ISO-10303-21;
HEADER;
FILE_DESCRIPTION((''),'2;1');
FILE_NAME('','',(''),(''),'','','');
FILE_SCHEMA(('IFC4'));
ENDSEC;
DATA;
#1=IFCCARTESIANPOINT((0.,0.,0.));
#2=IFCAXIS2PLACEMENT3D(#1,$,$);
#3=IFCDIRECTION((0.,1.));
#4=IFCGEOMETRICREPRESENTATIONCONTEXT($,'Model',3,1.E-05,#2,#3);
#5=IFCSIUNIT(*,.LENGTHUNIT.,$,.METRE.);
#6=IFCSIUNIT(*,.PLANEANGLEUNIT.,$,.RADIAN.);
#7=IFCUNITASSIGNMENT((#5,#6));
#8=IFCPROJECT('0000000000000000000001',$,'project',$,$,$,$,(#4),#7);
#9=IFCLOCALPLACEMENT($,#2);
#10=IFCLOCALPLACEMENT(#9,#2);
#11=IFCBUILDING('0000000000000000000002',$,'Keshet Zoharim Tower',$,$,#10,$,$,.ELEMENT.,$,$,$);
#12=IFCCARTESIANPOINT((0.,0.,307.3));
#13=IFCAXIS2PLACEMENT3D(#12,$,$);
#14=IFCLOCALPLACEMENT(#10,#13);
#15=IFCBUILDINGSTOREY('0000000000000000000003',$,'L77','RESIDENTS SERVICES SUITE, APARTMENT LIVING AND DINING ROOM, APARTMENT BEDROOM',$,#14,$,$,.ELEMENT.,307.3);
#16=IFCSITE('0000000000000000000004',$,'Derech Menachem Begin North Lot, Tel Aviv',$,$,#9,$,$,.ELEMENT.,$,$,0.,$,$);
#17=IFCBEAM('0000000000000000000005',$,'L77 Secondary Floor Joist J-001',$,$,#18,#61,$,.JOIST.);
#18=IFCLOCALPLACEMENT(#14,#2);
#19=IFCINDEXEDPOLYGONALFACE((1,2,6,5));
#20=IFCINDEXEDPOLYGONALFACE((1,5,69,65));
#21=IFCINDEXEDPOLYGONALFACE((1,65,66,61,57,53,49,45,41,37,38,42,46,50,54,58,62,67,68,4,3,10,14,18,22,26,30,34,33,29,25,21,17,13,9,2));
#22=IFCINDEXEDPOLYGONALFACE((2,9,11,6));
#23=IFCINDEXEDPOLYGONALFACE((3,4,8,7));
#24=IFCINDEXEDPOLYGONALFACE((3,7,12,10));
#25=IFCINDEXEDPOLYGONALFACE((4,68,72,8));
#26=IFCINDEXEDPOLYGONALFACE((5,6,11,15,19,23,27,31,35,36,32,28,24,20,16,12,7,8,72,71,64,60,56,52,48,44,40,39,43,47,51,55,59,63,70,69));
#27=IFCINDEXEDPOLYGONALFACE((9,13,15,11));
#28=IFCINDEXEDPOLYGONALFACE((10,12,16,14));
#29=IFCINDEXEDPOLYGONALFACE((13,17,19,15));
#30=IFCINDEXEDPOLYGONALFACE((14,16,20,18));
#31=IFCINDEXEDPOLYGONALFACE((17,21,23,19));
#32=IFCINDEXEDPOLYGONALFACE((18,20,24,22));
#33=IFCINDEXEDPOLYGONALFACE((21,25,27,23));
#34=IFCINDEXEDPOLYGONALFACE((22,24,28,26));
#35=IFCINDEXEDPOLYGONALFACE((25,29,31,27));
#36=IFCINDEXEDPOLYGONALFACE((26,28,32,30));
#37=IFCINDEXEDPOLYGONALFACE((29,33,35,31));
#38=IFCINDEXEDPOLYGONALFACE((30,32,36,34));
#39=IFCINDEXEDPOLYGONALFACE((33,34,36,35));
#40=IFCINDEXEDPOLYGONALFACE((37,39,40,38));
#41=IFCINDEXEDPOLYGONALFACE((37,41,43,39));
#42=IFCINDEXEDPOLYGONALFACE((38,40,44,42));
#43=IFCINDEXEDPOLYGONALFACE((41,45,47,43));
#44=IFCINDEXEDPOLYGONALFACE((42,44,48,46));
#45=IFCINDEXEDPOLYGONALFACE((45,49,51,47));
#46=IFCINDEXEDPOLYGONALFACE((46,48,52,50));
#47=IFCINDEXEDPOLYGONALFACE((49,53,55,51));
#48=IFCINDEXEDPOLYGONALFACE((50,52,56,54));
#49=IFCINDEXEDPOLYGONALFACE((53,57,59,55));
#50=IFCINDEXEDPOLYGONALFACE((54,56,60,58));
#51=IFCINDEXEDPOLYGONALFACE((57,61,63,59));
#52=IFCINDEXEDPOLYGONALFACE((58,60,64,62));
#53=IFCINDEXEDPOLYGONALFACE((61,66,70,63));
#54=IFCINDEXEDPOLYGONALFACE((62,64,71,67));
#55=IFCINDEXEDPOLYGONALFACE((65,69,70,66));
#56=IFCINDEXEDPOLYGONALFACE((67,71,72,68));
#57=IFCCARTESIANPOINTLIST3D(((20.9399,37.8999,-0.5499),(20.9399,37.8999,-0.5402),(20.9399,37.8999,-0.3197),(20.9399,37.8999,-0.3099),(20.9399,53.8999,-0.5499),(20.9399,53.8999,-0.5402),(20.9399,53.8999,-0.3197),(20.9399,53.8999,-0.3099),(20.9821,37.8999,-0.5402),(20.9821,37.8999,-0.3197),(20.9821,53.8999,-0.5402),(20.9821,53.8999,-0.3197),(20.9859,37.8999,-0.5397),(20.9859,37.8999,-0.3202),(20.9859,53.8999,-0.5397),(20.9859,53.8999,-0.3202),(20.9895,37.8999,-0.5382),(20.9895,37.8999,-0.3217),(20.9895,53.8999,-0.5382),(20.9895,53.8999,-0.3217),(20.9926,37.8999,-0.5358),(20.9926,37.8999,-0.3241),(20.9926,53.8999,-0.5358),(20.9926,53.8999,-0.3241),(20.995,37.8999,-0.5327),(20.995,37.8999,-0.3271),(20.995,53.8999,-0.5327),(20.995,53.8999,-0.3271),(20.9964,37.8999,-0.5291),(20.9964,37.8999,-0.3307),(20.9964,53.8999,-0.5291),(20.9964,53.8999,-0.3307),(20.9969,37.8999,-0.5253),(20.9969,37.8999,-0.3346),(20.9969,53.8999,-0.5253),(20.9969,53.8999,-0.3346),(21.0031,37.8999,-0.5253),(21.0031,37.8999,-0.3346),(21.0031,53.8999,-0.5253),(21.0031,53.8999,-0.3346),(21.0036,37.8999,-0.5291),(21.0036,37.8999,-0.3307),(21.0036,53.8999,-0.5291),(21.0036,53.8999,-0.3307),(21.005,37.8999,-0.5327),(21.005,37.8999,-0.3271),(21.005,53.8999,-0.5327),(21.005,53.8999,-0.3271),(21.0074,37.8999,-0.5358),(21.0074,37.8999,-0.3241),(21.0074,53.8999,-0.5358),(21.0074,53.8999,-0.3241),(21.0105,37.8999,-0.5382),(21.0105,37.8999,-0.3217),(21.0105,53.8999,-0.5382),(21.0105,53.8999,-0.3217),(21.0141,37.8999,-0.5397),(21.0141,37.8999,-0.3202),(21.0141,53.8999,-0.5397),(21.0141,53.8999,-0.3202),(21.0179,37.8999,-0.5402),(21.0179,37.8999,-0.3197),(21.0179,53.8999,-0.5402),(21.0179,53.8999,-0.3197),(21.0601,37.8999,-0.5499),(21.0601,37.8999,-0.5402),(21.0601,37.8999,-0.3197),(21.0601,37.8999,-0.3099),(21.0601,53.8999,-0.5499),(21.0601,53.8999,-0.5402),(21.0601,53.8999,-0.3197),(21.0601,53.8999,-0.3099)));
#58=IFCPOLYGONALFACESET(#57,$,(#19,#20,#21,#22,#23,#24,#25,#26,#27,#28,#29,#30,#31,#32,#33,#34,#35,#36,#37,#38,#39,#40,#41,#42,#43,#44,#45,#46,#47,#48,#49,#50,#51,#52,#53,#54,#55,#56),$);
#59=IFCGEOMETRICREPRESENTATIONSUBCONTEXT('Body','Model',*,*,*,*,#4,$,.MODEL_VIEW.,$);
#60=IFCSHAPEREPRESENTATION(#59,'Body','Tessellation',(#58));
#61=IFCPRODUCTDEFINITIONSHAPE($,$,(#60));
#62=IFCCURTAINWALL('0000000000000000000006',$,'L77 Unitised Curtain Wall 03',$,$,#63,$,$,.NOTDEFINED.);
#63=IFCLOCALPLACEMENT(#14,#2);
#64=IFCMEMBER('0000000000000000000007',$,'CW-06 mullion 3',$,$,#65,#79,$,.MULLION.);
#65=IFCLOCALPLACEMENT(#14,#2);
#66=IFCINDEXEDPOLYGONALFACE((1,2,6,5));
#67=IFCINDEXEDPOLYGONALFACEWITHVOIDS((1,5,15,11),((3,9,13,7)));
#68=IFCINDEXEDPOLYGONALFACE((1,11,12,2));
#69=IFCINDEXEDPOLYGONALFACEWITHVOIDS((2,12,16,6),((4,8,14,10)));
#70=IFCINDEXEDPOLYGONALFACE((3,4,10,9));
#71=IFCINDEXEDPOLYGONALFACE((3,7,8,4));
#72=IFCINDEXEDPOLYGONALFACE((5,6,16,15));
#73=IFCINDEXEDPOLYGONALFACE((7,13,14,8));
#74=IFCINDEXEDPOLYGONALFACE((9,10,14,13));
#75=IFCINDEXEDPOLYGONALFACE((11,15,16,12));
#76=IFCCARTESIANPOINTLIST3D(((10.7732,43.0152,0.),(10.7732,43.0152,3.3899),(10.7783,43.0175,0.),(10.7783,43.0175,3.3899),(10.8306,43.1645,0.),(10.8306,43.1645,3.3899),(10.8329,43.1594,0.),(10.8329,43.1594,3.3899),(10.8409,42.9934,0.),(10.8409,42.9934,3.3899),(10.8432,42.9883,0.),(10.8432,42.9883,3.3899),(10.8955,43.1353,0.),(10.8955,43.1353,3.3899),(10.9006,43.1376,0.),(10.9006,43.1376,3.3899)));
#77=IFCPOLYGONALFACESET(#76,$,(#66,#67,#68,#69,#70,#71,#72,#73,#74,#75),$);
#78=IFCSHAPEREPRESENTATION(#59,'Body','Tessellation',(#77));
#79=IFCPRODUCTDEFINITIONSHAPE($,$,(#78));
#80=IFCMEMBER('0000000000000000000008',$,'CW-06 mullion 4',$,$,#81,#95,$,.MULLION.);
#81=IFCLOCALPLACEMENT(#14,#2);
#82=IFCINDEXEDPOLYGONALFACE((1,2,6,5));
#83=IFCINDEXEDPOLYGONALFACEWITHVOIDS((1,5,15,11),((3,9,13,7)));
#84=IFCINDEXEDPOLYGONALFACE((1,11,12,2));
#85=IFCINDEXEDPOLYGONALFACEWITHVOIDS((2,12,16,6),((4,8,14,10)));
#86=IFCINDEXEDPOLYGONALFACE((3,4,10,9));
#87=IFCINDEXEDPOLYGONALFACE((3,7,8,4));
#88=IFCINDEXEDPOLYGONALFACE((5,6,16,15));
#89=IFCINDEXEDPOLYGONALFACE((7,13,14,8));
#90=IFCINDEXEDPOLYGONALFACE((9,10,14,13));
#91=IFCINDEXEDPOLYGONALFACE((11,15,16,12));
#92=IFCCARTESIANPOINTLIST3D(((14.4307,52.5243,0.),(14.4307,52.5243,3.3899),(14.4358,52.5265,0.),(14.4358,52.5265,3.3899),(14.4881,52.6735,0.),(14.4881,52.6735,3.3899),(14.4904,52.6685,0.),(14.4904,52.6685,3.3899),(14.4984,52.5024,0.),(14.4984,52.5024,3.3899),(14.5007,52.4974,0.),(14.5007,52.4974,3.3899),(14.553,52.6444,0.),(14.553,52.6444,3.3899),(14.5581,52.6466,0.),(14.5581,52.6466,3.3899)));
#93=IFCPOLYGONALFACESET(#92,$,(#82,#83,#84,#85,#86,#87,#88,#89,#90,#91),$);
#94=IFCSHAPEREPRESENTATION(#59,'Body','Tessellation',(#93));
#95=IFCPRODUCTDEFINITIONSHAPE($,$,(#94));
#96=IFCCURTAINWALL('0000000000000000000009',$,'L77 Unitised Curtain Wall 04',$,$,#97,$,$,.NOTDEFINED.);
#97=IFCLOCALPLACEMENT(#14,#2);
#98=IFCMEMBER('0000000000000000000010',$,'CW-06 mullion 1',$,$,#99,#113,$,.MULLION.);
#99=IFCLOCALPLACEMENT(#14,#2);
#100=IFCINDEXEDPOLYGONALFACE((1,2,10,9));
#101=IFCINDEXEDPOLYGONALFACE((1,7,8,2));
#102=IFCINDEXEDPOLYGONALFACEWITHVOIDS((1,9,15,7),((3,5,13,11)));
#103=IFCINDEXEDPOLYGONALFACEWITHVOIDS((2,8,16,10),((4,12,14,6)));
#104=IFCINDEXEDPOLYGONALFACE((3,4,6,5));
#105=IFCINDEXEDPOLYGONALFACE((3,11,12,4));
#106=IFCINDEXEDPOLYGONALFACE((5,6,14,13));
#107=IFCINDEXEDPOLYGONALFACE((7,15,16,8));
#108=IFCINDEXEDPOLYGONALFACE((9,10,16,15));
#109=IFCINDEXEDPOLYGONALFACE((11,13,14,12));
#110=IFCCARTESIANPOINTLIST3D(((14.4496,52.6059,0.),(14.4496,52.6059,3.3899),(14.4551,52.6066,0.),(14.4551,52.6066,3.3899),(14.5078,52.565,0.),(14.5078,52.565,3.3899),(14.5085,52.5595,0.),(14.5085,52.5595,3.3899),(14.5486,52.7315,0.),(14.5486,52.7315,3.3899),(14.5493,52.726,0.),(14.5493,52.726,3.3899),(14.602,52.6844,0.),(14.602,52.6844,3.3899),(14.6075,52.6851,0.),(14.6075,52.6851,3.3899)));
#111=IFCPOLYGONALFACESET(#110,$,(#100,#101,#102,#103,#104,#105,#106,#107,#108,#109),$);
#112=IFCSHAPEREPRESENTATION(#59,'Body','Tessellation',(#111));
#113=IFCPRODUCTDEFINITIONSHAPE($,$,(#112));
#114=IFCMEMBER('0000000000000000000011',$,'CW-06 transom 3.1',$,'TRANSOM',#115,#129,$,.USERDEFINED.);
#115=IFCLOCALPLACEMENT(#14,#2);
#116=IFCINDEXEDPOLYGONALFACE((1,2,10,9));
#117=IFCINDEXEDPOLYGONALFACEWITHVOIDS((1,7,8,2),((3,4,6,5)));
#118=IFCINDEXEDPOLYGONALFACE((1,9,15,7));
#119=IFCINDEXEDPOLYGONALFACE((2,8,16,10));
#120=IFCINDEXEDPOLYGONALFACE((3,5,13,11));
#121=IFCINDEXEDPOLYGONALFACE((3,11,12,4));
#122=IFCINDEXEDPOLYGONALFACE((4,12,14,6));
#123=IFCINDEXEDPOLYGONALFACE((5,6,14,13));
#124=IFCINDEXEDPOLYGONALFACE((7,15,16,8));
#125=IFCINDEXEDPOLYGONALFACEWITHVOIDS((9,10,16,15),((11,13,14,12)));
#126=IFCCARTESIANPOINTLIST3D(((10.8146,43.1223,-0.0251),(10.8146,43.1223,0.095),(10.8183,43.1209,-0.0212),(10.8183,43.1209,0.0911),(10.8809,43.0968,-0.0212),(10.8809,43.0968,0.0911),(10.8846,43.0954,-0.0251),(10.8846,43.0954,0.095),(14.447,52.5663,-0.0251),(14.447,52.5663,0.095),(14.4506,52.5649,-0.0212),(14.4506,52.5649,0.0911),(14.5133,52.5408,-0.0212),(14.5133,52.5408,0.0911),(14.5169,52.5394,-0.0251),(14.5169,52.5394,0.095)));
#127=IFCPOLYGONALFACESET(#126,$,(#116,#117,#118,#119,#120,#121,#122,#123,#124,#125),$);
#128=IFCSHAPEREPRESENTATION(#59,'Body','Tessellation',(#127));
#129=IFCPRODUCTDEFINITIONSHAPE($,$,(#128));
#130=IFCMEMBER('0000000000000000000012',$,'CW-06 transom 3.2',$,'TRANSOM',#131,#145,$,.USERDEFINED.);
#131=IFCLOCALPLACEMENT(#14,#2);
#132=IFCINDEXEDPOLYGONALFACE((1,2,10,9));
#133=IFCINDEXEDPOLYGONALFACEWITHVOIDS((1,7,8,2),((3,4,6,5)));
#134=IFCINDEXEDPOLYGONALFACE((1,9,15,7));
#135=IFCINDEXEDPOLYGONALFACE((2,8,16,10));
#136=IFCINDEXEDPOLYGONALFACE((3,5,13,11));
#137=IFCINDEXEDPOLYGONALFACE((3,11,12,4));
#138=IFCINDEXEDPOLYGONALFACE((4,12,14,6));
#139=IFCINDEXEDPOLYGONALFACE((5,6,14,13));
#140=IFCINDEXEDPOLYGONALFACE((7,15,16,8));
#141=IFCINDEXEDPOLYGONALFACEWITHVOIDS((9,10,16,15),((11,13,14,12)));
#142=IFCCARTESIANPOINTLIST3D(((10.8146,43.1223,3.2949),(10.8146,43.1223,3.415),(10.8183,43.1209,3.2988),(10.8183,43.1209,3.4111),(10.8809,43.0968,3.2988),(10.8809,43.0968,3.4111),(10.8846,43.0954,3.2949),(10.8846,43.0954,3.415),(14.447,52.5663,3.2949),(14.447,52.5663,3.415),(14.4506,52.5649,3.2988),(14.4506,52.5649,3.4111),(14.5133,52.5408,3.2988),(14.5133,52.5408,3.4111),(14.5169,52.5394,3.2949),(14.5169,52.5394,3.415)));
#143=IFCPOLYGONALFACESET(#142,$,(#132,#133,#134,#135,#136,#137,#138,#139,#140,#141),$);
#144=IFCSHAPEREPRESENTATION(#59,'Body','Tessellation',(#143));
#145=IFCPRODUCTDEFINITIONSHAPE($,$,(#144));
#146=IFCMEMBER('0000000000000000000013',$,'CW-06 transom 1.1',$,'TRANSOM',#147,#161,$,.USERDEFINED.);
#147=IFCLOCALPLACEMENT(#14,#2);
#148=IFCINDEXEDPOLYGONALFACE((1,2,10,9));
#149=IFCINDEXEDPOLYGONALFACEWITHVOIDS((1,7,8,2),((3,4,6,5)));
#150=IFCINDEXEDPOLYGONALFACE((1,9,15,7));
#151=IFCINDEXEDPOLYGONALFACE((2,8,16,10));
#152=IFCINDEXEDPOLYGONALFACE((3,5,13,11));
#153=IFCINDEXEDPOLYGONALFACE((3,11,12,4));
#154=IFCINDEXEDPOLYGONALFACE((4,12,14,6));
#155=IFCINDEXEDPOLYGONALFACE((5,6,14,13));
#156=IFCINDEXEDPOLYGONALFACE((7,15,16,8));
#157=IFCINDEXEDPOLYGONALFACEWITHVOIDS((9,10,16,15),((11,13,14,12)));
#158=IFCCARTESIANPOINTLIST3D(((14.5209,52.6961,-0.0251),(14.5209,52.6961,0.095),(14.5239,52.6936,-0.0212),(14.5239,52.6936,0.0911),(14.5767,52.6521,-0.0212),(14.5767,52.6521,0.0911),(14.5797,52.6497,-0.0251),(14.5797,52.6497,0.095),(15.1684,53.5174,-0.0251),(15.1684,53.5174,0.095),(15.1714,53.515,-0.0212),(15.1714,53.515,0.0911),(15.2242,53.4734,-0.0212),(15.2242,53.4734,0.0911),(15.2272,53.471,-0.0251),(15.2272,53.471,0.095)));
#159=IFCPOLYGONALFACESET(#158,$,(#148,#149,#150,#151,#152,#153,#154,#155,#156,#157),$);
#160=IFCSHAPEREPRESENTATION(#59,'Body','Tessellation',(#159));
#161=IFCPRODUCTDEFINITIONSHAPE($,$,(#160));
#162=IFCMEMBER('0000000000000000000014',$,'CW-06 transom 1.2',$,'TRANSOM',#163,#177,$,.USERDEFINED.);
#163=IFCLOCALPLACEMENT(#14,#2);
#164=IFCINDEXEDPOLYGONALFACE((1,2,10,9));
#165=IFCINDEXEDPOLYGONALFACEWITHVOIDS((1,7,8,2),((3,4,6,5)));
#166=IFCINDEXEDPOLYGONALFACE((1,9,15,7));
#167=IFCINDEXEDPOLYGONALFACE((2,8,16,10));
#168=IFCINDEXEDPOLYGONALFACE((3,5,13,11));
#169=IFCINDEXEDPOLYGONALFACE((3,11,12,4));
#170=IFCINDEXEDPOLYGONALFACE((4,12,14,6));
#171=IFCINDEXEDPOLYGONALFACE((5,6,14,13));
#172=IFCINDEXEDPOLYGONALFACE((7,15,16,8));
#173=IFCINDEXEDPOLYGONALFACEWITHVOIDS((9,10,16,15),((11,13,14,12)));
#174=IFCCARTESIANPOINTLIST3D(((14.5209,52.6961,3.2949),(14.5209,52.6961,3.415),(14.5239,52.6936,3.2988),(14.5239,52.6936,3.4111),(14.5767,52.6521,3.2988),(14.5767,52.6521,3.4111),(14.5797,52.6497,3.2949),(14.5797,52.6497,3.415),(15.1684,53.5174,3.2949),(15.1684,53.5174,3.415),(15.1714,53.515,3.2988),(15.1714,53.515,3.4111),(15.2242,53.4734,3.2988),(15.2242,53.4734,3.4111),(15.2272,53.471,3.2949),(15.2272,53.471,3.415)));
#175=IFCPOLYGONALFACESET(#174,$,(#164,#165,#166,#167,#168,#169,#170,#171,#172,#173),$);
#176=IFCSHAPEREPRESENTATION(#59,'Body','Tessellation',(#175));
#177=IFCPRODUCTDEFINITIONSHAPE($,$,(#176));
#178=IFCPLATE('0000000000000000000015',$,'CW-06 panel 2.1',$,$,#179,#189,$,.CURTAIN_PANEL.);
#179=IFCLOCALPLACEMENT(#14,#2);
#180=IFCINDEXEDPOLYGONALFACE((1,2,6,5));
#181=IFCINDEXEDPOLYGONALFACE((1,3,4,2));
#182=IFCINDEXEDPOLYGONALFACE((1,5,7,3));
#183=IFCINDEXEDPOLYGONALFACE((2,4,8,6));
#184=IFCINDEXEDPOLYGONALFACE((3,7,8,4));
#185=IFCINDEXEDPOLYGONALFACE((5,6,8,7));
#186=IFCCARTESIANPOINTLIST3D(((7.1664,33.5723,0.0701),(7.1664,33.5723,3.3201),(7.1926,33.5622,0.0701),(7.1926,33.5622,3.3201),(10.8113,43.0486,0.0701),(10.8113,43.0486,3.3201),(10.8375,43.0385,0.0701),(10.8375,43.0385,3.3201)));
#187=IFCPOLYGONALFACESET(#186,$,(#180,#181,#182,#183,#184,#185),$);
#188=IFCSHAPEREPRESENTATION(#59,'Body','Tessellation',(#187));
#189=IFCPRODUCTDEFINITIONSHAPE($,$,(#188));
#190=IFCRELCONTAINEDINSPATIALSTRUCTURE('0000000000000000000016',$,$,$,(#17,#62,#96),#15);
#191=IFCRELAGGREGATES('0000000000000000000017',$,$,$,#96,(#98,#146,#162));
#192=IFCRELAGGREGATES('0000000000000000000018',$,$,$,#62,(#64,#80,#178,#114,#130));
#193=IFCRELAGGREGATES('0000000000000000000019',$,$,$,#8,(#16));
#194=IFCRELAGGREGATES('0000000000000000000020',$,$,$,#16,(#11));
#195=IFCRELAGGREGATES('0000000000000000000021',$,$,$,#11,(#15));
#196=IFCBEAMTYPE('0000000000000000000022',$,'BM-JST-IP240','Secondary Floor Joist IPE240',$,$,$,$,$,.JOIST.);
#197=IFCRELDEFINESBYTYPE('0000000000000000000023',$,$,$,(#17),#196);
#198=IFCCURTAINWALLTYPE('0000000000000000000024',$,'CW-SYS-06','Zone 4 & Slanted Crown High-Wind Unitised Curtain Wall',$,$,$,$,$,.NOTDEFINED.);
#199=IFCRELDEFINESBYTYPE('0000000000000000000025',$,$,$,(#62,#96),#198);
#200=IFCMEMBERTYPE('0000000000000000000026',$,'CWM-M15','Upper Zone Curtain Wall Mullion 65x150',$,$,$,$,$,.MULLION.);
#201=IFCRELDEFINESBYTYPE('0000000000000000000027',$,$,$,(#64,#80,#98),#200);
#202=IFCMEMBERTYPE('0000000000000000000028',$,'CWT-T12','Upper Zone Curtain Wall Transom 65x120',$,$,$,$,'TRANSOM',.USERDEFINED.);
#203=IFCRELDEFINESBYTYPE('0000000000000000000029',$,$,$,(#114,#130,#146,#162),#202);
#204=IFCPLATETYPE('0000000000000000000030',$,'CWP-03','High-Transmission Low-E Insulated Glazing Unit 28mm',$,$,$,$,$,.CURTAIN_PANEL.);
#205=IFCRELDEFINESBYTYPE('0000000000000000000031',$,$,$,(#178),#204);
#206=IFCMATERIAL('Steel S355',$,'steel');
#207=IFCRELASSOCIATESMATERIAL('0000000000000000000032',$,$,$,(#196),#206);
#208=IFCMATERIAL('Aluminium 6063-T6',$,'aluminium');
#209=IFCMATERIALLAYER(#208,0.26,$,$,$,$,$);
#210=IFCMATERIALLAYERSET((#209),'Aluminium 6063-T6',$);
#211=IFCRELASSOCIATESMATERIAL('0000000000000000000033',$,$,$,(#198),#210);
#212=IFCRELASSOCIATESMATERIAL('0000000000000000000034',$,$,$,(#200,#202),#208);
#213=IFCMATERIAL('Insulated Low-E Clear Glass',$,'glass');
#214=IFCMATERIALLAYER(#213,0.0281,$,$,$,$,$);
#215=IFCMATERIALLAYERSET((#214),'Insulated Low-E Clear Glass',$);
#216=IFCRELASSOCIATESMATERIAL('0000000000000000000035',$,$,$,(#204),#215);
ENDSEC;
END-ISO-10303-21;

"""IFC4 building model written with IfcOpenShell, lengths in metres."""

from ifc_helpers import new_model, si_unit, direction, frame, origin, origin_2d, place, context, subcontext, project, spatial, rectangle, hollow_rectangle, i_section, extrude, material, layer, layer_set, material_profile, profile_set, type_object, element, aggregate, save


model = new_model("IFC4")

# Units and contexts
model_context = context("Model", 3, precision=1e-05, world=origin(), true_north=direction((0.0, 1.0)))
body_context = subcontext(model_context, "Body", "Model", "MODEL_VIEW")
ifc_project = project(units=[si_unit("LENGTHUNIT", "METRE"), si_unit("PLANEANGLEUNIT", "RADIAN")], contexts=[model_context])

# Site, building, storey
site_placement = place(None, origin())
site = spatial("IfcSite", under=ifc_project, at=site_placement, Name="Derech Menachem Begin North Lot, Tel Aviv", CompositionType="ELEMENT", RefElevation=0.0)
building_placement = place(site_placement, origin())
building = spatial("IfcBuilding", under=site, at=building_placement, Name="Keshet Zoharim Tower", CompositionType="ELEMENT")
storey_placement = place(building_placement, frame((0.0, 0.0, 307.3)))
storey = spatial("IfcBuildingStorey", under=building, at=storey_placement, Name="L77", Description="RESIDENTS SERVICES SUITE, APARTMENT LIVING AND DINING ROOM, APARTMENT BEDROOM", CompositionType="ELEMENT", Elevation=307.3)

# Beam
ifc_material_1 = material(Name="Steel S355", Category="steel")
ifc_material_profile_1 = material_profile(ifc_material_1, i_section(OverallWidth=0.1201, OverallDepth=0.24, WebThickness=0.0061, FlangeThickness=0.0098, FilletRadius=0.0149, at=origin_2d()), Name="IPE240")
ifc_profile_set_1 = profile_set([ifc_material_profile_1], Name="Steel S355")
beam_type = type_object("IfcBeamType", Name="BM-JST-IP240", Description="Secondary Floor Joist IPE240", PredefinedType="JOIST", material=ifc_profile_set_1)
beam_placement = place(storey_placement, frame((21.0, 37.8999, -0.4299), z_axis=(0.0, 1.0, 0.0), x_axis=(-1.0, 0.0, 0.0)))
element("IfcBeam", 1, at=beam_placement, inside=storey, type_object=beam_type, Name="L77 Secondary Floor Joist J-001", PredefinedType="JOIST", context=body_context, shape_type="SweptSolid", body=[
    extrude(i_section(OverallWidth=0.1201, OverallDepth=0.24, WebThickness=0.0061, FlangeThickness=0.0098, FilletRadius=0.0149, at=origin_2d()), origin(), (0.0, 0.0, 1.0), 16.0),
])

# Curtain wall, members
ifc_material_2 = material(Name="Aluminium 6063-T6", Category="aluminium")
ifc_layer_1 = layer(ifc_material_2, 0.26)
ifc_layer_set_1 = layer_set([ifc_layer_1], Name="Aluminium 6063-T6")
curtain_wall_type = type_object("IfcCurtainWallType", Name="CW-SYS-06", Description="Zone 4 & Slanted Crown High-Wind Unitised Curtain Wall", PredefinedType="NOTDEFINED", material=ifc_layer_set_1)
curtain_wall_1_placement = place(storey_placement, origin())
curtain_wall_1 = element("IfcCurtainWall", 2, at=curtain_wall_1_placement, inside=storey, type_object=curtain_wall_type, Name="L77 Unitised Curtain Wall 03", PredefinedType="NOTDEFINED")
ifc_material_profile_2 = material_profile(ifc_material_2, hollow_rectangle(XDim=0.075, YDim=0.1599, WallThickness=0.0039, at=origin_2d()), Name="MUL-75x160")
ifc_profile_set_2 = profile_set([ifc_material_profile_2], Name="Aluminium 6063-T6")
member_type_1 = type_object("IfcMemberType", Name="CWM-M15", Description="Upper Zone Curtain Wall Mullion 65x150", PredefinedType="MULLION", material=ifc_profile_set_2)
member_1_placement = place(storey_placement, frame((10.8369, 43.0764, 0.0), z_axis=(0.0, 0.0, 1.0), x_axis=(-0.933341, 0.35899, 0.0)))
member_1 = element("IfcMember", 3, at=member_1_placement, type_object=member_type_1, Name="CW-06 mullion 3", PredefinedType="MULLION", context=body_context, shape_type="SweptSolid", body=[
    extrude(hollow_rectangle(XDim=0.075, YDim=0.1599, WallThickness=0.0039, at=origin_2d()), origin(), (0.0, 0.0, 1.0), 3.3899),
])
member_2_placement = place(storey_placement, frame((14.4944, 52.5854, 0.0), z_axis=(0.0, 0.0, 1.0), x_axis=(-0.933341, 0.35899, 0.0)))
member_2 = element("IfcMember", 4, at=member_2_placement, type_object=member_type_1, Name="CW-06 mullion 4", PredefinedType="MULLION", context=body_context, shape_type="SweptSolid", body=[
    extrude(hollow_rectangle(XDim=0.075, YDim=0.1599, WallThickness=0.0039, at=origin_2d()), origin(), (0.0, 0.0, 1.0), 3.3899),
])

# Curtain wall, member
curtain_wall_2_placement = place(storey_placement, origin())
curtain_wall_2 = element("IfcCurtainWall", 5, at=curtain_wall_2_placement, inside=storey, type_object=curtain_wall_type, Name="L77 Unitised Curtain Wall 04", PredefinedType="NOTDEFINED")
member_3_placement = place(storey_placement, frame((14.5286, 52.6455, 0.0), z_axis=(0.0, 0.0, 1.0), x_axis=(-0.785293, 0.619125, 0.0)))
member_3 = element("IfcMember", 6, at=member_3_placement, type_object=member_type_1, Name="CW-06 mullion 1", PredefinedType="MULLION", context=body_context, shape_type="SweptSolid", body=[
    extrude(hollow_rectangle(XDim=0.075, YDim=0.1599, WallThickness=0.0039, at=origin_2d()), origin(), (0.0, 0.0, 1.0), 3.3899),
])

# Members
ifc_material_profile_3 = material_profile(ifc_material_2, hollow_rectangle(XDim=0.075, YDim=0.1201, WallThickness=0.0039, at=origin_2d()), Name="TRN-75x120")
ifc_profile_set_3 = profile_set([ifc_material_profile_3], Name="Aluminium 6063-T6")
member_type_2 = type_object("IfcMemberType", Name="CWT-T12", Description="Upper Zone Curtain Wall Transom 65x120", ElementType="TRANSOM", PredefinedType="USERDEFINED", material=ifc_profile_set_3)
member_4_placement = place(storey_placement, frame((10.8496, 43.1089, 0.0349), z_axis=(0.358986, 0.933343, 0.0), x_axis=(-0.933343, 0.358986, 0.0)))
member_4 = element("IfcMember", 7, at=member_4_placement, type_object=member_type_2, Name="CW-06 transom 3.1", ObjectType="TRANSOM", PredefinedType="USERDEFINED", context=body_context, shape_type="SweptSolid", body=[
    extrude(hollow_rectangle(XDim=0.075, YDim=0.1201, WallThickness=0.0039, at=origin_2d()), origin(), (0.0, 0.0, 1.0), 10.1184),
])
member_5_placement = place(storey_placement, frame((10.8496, 43.1089, 3.355), z_axis=(0.358986, 0.933343, 0.0), x_axis=(-0.933343, 0.358986, 0.0)))
member_5 = element("IfcMember", 8, at=member_5_placement, type_object=member_type_2, Name="CW-06 transom 3.2", ObjectType="TRANSOM", PredefinedType="USERDEFINED", context=body_context, shape_type="SweptSolid", body=[
    extrude(hollow_rectangle(XDim=0.075, YDim=0.1201, WallThickness=0.0039, at=origin_2d()), origin(), (0.0, 0.0, 1.0), 10.1184),
])
member_6_placement = place(storey_placement, frame((14.5503, 52.6729, 0.0349), z_axis=(0.619099, 0.785313, 0.0), x_axis=(-0.785313, 0.619099, 0.0)))
member_6 = element("IfcMember", 9, at=member_6_placement, type_object=member_type_2, Name="CW-06 transom 1.1", ObjectType="TRANSOM", PredefinedType="USERDEFINED", context=body_context, shape_type="SweptSolid", body=[
    extrude(hollow_rectangle(XDim=0.075, YDim=0.1201, WallThickness=0.0039, at=origin_2d()), origin(), (0.0, 0.0, 1.0), 1.0459),
])
member_7_placement = place(storey_placement, frame((14.5503, 52.6729, 3.355), z_axis=(0.619099, 0.785313, 0.0), x_axis=(-0.785313, 0.619099, 0.0)))
member_7 = element("IfcMember", 10, at=member_7_placement, type_object=member_type_2, Name="CW-06 transom 1.2", ObjectType="TRANSOM", PredefinedType="USERDEFINED", context=body_context, shape_type="SweptSolid", body=[
    extrude(hollow_rectangle(XDim=0.075, YDim=0.1201, WallThickness=0.0039, at=origin_2d()), origin(), (0.0, 0.0, 1.0), 1.0459),
])
aggregate(curtain_wall_2, [member_3, member_6, member_7])

# Plate
ifc_material_3 = material(Name="Insulated Low-E Clear Glass", Category="glass")
ifc_layer_2 = layer(ifc_material_3, 0.0281)
ifc_layer_set_2 = layer_set([ifc_layer_2], Name="Insulated Low-E Clear Glass")
plate_type = type_object("IfcPlateType", Name="CWP-03", Description="High-Transmission Low-E Insulated Glazing Unit 28mm", PredefinedType="CURTAIN_PANEL", material=ifc_layer_set_2)
plate_1_placement = place(storey_placement, frame((9.002, 38.3054, 0.0701), z_axis=(0.0, 0.0, 1.0), x_axis=(0.35899, 0.933341, 0.0)))
plate_1 = element("IfcPlate", 11, at=plate_1_placement, type_object=plate_type, Name="CW-06 panel 2.1", PredefinedType="CURTAIN_PANEL", context=body_context, shape_type="SweptSolid", body=[
    extrude(rectangle(XDim=10.1531, YDim=0.0281, at=origin_2d()), origin(), (0.0, 0.0, 1.0), 3.25),
])
aggregate(curtain_wall_1, [member_1, member_2, plate_1, member_4, member_5])

save(model, "model.ifc")
